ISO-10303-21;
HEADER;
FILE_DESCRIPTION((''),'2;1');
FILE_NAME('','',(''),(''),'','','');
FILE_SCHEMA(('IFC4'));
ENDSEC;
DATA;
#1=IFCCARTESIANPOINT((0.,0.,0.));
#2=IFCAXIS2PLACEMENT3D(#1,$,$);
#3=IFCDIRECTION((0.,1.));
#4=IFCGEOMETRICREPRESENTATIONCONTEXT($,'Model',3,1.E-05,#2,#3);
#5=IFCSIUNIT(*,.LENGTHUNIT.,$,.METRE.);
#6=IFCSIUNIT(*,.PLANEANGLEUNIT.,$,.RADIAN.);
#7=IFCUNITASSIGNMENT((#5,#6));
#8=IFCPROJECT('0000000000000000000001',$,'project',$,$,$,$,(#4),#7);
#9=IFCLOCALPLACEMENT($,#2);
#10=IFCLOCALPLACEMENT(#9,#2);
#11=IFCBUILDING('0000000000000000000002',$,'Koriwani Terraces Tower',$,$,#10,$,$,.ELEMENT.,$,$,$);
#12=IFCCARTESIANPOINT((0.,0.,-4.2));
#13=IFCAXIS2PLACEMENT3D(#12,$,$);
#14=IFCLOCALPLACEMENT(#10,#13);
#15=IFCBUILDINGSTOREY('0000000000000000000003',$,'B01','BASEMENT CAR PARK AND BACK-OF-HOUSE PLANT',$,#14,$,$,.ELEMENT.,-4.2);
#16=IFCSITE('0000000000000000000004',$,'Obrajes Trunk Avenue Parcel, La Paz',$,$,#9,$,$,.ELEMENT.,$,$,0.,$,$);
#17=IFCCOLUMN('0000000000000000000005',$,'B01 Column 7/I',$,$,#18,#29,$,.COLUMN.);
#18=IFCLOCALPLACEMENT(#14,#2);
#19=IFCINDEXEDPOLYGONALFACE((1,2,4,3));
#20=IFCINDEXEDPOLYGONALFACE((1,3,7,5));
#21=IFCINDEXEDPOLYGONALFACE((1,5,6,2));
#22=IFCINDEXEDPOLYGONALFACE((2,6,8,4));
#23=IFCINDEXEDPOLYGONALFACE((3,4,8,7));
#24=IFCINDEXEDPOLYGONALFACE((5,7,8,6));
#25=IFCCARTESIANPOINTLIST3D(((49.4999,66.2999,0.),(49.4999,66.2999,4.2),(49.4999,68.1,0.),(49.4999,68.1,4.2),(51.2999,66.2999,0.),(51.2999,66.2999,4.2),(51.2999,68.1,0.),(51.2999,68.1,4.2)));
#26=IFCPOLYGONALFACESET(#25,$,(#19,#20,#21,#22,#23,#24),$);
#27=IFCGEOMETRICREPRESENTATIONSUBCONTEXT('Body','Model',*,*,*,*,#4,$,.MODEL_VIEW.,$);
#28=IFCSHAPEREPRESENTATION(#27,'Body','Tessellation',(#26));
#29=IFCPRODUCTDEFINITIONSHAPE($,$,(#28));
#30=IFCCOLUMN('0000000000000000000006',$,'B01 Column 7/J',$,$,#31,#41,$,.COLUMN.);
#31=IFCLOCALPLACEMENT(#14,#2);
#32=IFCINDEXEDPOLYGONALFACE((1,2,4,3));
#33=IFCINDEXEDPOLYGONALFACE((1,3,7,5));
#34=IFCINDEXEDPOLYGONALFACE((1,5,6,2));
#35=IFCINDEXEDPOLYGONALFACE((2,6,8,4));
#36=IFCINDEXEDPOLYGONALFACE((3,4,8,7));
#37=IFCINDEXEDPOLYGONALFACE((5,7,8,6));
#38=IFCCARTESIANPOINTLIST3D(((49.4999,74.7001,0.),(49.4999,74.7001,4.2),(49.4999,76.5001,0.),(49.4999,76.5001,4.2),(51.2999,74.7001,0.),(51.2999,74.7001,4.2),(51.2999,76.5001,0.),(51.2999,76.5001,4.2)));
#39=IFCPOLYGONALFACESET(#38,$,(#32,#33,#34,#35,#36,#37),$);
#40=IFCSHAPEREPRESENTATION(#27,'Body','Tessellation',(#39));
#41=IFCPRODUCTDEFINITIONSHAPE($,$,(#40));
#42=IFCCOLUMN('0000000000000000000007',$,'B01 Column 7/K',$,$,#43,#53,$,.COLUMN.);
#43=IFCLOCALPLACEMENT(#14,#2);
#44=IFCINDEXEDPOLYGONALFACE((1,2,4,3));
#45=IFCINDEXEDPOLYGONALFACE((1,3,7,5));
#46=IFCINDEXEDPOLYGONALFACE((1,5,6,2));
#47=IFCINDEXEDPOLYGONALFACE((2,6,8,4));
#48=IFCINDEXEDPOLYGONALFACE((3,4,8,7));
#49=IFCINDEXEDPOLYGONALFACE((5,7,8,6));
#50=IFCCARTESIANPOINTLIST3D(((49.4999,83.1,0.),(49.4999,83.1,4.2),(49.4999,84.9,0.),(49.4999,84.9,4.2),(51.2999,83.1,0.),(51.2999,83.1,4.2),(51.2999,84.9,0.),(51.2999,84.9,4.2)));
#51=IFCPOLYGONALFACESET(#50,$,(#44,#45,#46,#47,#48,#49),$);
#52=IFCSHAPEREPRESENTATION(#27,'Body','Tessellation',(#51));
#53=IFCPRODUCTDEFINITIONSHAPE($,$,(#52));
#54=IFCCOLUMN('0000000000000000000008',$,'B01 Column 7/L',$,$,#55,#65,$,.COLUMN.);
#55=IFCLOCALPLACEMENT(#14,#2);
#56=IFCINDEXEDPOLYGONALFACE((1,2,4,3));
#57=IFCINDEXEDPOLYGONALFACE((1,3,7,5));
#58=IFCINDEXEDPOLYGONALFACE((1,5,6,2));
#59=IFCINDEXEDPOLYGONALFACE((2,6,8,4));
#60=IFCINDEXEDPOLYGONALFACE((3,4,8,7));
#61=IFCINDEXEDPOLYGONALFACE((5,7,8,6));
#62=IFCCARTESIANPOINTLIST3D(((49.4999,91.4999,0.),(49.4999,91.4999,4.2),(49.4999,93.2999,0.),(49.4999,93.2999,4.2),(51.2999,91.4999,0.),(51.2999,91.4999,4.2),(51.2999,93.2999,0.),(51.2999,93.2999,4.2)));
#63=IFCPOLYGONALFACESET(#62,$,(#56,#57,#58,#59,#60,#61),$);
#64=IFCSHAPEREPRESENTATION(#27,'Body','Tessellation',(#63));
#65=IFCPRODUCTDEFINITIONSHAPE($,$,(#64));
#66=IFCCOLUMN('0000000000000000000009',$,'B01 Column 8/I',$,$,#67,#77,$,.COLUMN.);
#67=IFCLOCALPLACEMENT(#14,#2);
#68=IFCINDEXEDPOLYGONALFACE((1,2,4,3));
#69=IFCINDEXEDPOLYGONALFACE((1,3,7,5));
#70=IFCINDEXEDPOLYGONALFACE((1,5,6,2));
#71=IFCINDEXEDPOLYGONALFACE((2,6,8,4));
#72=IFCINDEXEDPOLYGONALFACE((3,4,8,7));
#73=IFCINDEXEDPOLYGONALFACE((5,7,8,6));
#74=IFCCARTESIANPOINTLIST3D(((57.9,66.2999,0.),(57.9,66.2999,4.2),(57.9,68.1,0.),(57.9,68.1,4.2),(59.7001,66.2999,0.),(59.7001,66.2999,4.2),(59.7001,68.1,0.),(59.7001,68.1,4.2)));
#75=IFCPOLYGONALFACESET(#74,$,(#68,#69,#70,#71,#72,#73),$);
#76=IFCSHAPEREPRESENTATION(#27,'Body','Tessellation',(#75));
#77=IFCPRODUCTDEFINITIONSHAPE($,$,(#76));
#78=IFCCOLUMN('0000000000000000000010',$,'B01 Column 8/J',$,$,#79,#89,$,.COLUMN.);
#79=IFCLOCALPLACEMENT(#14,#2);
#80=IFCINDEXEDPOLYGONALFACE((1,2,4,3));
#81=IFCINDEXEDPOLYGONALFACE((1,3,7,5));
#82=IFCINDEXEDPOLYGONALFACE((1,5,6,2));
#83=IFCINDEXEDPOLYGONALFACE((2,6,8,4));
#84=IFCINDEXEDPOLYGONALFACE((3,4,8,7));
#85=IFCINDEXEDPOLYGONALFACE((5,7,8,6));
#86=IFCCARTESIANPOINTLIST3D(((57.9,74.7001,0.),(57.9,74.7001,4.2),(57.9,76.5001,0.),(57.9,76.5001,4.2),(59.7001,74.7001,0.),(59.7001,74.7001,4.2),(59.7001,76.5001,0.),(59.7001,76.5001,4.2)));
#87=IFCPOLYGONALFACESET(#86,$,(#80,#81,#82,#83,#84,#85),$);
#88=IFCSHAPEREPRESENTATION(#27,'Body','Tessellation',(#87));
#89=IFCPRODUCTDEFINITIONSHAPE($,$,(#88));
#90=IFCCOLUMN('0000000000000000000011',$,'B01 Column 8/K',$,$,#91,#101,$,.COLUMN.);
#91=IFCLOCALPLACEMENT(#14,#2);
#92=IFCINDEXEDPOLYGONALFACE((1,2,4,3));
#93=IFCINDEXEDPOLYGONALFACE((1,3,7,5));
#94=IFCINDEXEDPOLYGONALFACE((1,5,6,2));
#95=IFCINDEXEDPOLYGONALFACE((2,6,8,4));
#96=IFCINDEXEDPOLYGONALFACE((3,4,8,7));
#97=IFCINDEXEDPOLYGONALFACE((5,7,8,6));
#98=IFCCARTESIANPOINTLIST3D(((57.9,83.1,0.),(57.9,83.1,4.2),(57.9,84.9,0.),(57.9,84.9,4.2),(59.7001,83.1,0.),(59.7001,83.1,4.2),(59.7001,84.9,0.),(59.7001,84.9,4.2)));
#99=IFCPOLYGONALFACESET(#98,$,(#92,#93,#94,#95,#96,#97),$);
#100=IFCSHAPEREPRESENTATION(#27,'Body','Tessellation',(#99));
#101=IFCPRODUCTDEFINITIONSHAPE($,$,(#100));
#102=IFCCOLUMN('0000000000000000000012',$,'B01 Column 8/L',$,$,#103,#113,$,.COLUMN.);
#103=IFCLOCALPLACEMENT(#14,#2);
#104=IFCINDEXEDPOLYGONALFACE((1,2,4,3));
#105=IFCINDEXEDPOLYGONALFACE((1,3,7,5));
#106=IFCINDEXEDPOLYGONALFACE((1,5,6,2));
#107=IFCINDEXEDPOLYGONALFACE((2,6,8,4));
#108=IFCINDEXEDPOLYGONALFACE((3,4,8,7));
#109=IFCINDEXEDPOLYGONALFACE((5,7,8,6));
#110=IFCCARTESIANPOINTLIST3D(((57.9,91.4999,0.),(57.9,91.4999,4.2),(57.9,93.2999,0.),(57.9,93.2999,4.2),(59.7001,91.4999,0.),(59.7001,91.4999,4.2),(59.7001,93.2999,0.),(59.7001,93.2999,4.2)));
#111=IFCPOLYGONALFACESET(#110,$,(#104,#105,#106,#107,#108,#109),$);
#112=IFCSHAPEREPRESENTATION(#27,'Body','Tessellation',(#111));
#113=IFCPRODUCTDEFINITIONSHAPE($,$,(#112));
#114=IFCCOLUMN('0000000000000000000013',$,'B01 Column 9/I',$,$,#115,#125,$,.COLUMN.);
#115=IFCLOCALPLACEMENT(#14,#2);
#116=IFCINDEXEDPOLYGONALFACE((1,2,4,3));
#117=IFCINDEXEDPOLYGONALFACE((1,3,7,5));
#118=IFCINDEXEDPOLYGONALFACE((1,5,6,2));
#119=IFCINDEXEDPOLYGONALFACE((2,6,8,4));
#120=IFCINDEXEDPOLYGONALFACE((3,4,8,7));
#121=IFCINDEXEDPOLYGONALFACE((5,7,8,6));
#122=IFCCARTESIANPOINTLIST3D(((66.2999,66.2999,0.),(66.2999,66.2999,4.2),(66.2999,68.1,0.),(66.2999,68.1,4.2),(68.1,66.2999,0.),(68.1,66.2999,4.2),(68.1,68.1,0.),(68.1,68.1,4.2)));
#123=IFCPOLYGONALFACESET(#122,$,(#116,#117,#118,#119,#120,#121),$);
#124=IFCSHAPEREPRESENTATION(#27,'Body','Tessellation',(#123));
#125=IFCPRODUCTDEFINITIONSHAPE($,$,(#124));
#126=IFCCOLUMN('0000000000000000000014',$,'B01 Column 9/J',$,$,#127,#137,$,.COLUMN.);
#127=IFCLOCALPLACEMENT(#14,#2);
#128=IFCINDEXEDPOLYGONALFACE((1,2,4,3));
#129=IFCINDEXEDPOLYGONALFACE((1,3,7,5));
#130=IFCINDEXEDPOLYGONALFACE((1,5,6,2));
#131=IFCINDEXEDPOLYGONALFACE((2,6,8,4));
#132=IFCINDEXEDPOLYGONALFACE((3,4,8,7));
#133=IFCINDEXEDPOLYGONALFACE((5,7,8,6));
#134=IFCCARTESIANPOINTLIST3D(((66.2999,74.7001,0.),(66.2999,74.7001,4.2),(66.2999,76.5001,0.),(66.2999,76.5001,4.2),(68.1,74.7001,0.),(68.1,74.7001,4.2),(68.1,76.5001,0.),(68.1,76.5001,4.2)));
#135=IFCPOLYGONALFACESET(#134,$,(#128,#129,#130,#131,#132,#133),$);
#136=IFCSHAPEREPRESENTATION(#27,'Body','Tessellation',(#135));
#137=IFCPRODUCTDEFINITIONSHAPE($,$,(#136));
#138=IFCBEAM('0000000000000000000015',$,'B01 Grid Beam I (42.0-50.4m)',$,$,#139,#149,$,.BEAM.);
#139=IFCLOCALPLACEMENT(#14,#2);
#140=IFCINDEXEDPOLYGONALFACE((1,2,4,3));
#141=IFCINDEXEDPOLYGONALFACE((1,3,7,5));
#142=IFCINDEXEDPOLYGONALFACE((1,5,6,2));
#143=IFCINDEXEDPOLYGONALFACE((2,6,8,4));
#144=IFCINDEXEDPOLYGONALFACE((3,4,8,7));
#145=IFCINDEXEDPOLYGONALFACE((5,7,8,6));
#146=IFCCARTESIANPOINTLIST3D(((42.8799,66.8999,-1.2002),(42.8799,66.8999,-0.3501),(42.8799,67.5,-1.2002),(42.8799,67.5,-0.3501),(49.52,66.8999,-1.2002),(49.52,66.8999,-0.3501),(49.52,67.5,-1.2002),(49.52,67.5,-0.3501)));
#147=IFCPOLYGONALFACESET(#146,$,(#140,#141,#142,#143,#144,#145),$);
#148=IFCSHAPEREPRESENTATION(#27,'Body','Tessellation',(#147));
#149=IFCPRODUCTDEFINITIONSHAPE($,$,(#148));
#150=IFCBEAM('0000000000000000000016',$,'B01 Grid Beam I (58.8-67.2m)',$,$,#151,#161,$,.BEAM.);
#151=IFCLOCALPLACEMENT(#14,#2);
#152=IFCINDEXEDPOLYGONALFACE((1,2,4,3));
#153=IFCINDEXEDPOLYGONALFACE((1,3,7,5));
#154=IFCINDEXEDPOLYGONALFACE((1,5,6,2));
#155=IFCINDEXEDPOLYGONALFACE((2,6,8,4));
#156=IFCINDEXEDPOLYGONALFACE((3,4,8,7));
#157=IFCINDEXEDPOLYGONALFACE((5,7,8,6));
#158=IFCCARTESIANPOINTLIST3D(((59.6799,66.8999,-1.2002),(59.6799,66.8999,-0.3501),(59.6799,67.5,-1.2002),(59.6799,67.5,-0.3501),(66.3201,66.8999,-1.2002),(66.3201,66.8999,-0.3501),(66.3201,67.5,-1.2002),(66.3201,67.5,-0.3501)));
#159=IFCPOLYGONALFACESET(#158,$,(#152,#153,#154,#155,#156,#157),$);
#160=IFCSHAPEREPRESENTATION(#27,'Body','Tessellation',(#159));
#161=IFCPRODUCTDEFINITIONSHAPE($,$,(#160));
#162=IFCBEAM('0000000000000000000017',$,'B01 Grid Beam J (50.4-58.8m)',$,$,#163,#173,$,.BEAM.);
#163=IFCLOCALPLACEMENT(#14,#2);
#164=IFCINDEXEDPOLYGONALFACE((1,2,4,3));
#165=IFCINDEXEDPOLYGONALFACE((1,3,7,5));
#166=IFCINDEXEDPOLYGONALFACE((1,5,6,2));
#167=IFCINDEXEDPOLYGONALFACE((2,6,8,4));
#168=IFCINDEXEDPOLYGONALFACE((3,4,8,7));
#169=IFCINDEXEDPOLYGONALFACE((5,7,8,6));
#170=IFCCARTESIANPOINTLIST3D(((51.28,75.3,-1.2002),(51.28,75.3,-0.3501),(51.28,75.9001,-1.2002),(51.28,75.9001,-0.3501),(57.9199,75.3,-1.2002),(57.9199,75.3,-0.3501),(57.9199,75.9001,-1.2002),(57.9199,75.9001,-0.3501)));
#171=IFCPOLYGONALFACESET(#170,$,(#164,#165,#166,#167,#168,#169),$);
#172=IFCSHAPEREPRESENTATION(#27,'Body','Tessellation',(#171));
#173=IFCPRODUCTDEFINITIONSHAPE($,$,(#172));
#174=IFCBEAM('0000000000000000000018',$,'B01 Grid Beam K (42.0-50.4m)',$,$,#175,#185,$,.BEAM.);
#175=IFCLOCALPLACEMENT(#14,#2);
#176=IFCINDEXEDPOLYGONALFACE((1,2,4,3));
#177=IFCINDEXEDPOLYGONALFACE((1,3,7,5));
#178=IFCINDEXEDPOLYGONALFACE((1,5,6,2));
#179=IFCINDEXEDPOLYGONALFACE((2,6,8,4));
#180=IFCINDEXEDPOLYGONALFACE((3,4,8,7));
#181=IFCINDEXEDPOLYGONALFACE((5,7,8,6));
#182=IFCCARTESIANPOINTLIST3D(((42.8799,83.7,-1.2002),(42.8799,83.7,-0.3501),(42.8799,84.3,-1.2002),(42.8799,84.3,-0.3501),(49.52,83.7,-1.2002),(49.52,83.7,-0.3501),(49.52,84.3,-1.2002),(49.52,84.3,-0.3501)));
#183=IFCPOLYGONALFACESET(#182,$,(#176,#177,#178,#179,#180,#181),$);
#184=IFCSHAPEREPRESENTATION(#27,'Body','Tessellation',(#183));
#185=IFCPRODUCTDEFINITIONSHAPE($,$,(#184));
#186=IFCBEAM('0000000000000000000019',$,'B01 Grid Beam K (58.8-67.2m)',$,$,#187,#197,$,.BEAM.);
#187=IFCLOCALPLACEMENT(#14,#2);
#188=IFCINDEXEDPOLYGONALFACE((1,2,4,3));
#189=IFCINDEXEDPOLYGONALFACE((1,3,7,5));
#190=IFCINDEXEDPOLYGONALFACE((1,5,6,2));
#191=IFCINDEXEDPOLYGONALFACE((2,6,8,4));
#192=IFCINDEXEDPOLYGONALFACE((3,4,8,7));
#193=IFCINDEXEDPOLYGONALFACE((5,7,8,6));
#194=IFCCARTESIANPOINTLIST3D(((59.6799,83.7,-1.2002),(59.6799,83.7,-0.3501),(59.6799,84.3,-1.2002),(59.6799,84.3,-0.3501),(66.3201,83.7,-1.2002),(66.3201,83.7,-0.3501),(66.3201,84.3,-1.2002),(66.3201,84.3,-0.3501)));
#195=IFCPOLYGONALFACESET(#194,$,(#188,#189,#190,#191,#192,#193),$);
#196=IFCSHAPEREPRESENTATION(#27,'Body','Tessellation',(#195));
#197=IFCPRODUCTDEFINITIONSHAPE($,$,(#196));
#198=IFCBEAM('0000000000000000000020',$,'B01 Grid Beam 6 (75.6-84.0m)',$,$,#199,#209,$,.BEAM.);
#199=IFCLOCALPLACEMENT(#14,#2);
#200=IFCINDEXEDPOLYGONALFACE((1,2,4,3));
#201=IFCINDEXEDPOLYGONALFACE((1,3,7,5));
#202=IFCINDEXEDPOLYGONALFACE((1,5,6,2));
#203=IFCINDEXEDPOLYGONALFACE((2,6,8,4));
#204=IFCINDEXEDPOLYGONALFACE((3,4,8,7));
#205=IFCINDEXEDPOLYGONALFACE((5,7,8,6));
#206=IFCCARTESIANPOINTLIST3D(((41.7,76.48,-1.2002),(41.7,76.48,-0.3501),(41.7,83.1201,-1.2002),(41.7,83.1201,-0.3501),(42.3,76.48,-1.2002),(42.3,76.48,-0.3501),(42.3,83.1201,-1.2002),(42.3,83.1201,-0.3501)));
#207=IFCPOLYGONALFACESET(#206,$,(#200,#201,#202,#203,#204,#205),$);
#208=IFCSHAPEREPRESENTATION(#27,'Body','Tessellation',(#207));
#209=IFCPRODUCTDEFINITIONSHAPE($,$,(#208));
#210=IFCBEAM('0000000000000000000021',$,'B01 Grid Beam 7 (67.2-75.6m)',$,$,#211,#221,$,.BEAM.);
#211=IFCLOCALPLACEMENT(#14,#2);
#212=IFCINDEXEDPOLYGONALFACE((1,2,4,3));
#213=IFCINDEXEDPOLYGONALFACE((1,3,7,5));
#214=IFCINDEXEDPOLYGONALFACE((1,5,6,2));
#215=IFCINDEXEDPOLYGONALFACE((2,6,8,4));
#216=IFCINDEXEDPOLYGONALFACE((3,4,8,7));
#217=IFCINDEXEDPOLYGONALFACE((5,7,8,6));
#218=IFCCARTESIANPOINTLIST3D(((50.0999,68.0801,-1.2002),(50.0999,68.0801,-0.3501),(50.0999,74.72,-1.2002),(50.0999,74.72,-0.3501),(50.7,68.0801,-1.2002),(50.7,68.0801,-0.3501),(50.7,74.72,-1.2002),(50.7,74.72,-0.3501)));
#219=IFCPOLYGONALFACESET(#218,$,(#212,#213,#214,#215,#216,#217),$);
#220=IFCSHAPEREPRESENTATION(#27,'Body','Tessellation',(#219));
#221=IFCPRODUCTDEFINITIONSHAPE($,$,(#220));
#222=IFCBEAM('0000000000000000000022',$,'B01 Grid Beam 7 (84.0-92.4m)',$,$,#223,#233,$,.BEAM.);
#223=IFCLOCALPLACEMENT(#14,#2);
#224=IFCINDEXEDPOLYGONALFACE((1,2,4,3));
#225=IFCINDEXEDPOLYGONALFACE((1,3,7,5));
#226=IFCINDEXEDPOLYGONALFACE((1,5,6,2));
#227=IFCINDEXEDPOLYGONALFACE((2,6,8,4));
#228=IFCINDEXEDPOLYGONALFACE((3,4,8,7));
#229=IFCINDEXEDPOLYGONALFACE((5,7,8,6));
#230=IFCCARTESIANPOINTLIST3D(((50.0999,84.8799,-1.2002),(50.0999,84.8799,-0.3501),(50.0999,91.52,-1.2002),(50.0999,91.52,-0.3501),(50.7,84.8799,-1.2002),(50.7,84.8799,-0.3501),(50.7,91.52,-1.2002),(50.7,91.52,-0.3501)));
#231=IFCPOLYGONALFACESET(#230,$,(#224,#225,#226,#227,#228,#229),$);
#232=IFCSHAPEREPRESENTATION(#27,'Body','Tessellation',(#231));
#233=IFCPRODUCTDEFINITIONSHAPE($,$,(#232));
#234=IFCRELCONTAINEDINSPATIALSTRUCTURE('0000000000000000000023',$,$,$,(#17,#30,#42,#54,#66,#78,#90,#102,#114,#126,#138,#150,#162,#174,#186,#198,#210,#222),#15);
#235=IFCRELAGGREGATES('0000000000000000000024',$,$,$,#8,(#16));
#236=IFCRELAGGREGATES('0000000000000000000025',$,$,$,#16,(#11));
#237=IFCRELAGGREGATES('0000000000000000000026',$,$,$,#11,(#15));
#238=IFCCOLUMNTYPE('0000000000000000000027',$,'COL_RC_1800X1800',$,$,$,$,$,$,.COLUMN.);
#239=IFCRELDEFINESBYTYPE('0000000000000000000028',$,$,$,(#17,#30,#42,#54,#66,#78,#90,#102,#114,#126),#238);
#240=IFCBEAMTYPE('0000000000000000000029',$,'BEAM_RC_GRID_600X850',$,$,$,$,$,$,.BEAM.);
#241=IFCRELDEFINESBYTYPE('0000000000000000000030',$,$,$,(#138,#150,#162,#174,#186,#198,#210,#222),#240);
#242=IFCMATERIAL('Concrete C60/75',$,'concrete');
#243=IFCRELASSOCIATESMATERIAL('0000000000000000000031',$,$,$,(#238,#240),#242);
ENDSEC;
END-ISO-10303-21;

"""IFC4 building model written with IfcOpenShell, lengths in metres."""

from ifc_helpers import new_model, si_unit, direction, frame, origin, origin_2d, place, context, subcontext, project, spatial, rectangle, extrude, material, material_profile, profile_set, type_object, element, save


model = new_model("IFC4")

# Units and contexts
model_context = context("Model", 3, precision=1e-05, world=origin(), true_north=direction((0.0, 1.0)))
body_context = subcontext(model_context, "Body", "Model", "MODEL_VIEW")
ifc_project = project(units=[si_unit("LENGTHUNIT", "METRE"), si_unit("PLANEANGLEUNIT", "RADIAN")], contexts=[model_context])

# Site, building, storey
site_placement = place(None, origin())
site = spatial("IfcSite", under=ifc_project, at=site_placement, Name="Obrajes Trunk Avenue Parcel, La Paz", CompositionType="ELEMENT", RefElevation=0.0)
building_placement = place(site_placement, origin())
building = spatial("IfcBuilding", under=site, at=building_placement, Name="Koriwani Terraces Tower", CompositionType="ELEMENT")
storey_placement = place(building_placement, frame((0.0, 0.0, -4.2)))
storey = spatial("IfcBuildingStorey", under=building, at=storey_placement, Name="B01", Description="BASEMENT CAR PARK AND BACK-OF-HOUSE PLANT", CompositionType="ELEMENT", Elevation=-4.2)

# Columns
ifc_material_1 = material(Name="Concrete C60/75", Category="concrete")
ifc_material_profile_1 = material_profile(ifc_material_1, rectangle(XDim=1.8, YDim=1.8, at=origin_2d()), Name="Concrete C60/75", Category="LoadBearing")
ifc_profile_set_1 = profile_set([ifc_material_profile_1], Name="Concrete C60/75")
column_type = type_object("IfcColumnType", Name="COL_RC_1800X1800", PredefinedType="COLUMN", material=ifc_profile_set_1)
for number, where, z_axis, x_axis, name in (
    (1, (50.3999, 67.2, 0.0), (0.0, 0.0, 1.0), (1.0, 0.0, 0.0), "B01 Column 7/I"),
    (2, (50.3999, 75.6001, 0.0), (0.0, 0.0, 1.0), (1.0, 0.0, 0.0), "B01 Column 7/J"),
    (3, (50.3999, 84.0, 0.0), (0.0, 0.0, 1.0), (1.0, 0.0, 0.0), "B01 Column 7/K"),
    (4, (50.3999, 92.3999, 0.0), (0.0, 0.0, 1.0), (1.0, 0.0, 0.0), "B01 Column 7/L"),
    (5, (58.8, 67.2, 0.0), (0.0, 0.0, 1.0), (1.0, 0.0, 0.0), "B01 Column 8/I"),
    (6, (58.8, 75.6001, 0.0), (0.0, 0.0, 1.0), (1.0, 0.0, 0.0), "B01 Column 8/J"),
    (7, (58.8, 84.0, 0.0), (0.0, 0.0, 1.0), (1.0, 0.0, 0.0), "B01 Column 8/K"),
    (8, (58.8, 92.3999, 0.0), (0.0, 0.0, 1.0), (1.0, 0.0, 0.0), "B01 Column 8/L"),
    (9, (67.2, 67.2, 0.0), (0.0, 0.0, 1.0), (1.0, 0.0, 0.0), "B01 Column 9/I"),
    (10, (67.2, 75.6001, 0.0), (0.0, 0.0, 1.0), (1.0, 0.0, 0.0), "B01 Column 9/J"),
):
    element("IfcColumn", number, at=place(storey_placement, frame(where, z_axis=z_axis, x_axis=x_axis)), inside=storey, type_object=column_type, Name=name, PredefinedType="COLUMN", context=body_context, shape_type="SweptSolid", body=[
        extrude(rectangle(XDim=1.8, YDim=1.8, at=origin_2d()), origin(), (0.0, 0.0, 1.0), 4.2),
    ])

# Beams
ifc_material_profile_2 = material_profile(ifc_material_1, rectangle(XDim=0.6001, YDim=0.8501, at=origin_2d()), Name="Concrete C60/75", Category="LoadBearing")
ifc_profile_set_2 = profile_set([ifc_material_profile_2], Name="Concrete C60/75")
beam_type_1 = type_object("IfcBeamType", Name="BEAM_RC_GRID_600X850", PredefinedType="BEAM", material=ifc_profile_set_2)
for number, where, z_axis, x_axis, name in (
    (11, (42.8799, 67.2, -0.7751), (1.0, 0.0, 0.0), (0.0, 1.0, 0.0), "B01 Grid Beam I (42.0-50.4m)"),
    (12, (59.6799, 67.2, -0.7751), (1.0, 0.0, 0.0), (0.0, 1.0, 0.0), "B01 Grid Beam I (58.8-67.2m)"),
):
    element("IfcBeam", number, at=place(storey_placement, frame(where, z_axis=z_axis, x_axis=x_axis)), inside=storey, type_object=beam_type_1, Name=name, PredefinedType="BEAM", context=body_context, shape_type="SweptSolid", body=[
        extrude(rectangle(XDim=0.6001, YDim=0.8501, at=origin_2d()), origin(), (0.0, 0.0, 1.0), 6.6401),
    ])
beam_1_placement = place(storey_placement, frame((51.28, 75.6001, -0.7751), z_axis=(1.0, 0.0, 0.0), x_axis=(0.0, 1.0, 0.0)))
element("IfcBeam", 13, at=beam_1_placement, inside=storey, type_object=beam_type_1, Name="B01 Grid Beam J (50.4-58.8m)", PredefinedType="BEAM", context=body_context, shape_type="SweptSolid", body=[
    extrude(rectangle(XDim=0.6001, YDim=0.8501, at=origin_2d()), origin(), (0.0, 0.0, 1.0), 6.6399),
])
for number, where, z_axis, x_axis, name in (
    (14, (42.8799, 84.0, -0.7751), (1.0, 0.0, 0.0), (0.0, 1.0, 0.0), "B01 Grid Beam K (42.0-50.4m)"),
    (15, (59.6799, 84.0, -0.7751), (1.0, 0.0, 0.0), (0.0, 1.0, 0.0), "B01 Grid Beam K (58.8-67.2m)"),
    (16, (42.0, 76.48, -0.7751), (0.0, 1.0, 0.0), (-1.0, 0.0, 0.0), "B01 Grid Beam 6 (75.6-84.0m)"),
):
    element("IfcBeam", number, at=place(storey_placement, frame(where, z_axis=z_axis, x_axis=x_axis)), inside=storey, type_object=beam_type_1, Name=name, PredefinedType="BEAM", context=body_context, shape_type="SweptSolid", body=[
        extrude(rectangle(XDim=0.6001, YDim=0.8501, at=origin_2d()), origin(), (0.0, 0.0, 1.0), 6.6401),
    ])
beam_2_placement = place(storey_placement, frame((50.3999, 68.0801, -0.7751), z_axis=(0.0, 1.0, 0.0), x_axis=(-1.0, 0.0, 0.0)))
element("IfcBeam", 17, at=beam_2_placement, inside=storey, type_object=beam_type_1, Name="B01 Grid Beam 7 (67.2-75.6m)", PredefinedType="BEAM", context=body_context, shape_type="SweptSolid", body=[
    extrude(rectangle(XDim=0.6001, YDim=0.8501, at=origin_2d()), origin(), (0.0, 0.0, 1.0), 6.6399),
])
for number, where, z_axis, x_axis, name in (
    (18, (50.3999, 84.8799, -0.7751), (0.0, 1.0, 0.0), (-1.0, 0.0, 0.0), "B01 Grid Beam 7 (84.0-92.4m)"),
):
    element("IfcBeam", number, at=place(storey_placement, frame(where, z_axis=z_axis, x_axis=x_axis)), inside=storey, type_object=beam_type_1, Name=name, PredefinedType="BEAM", context=body_context, shape_type="SweptSolid", body=[
        extrude(rectangle(XDim=0.6001, YDim=0.8501, at=origin_2d()), origin(), (0.0, 0.0, 1.0), 6.6401),
    ])

save(model, "model.ifc")
